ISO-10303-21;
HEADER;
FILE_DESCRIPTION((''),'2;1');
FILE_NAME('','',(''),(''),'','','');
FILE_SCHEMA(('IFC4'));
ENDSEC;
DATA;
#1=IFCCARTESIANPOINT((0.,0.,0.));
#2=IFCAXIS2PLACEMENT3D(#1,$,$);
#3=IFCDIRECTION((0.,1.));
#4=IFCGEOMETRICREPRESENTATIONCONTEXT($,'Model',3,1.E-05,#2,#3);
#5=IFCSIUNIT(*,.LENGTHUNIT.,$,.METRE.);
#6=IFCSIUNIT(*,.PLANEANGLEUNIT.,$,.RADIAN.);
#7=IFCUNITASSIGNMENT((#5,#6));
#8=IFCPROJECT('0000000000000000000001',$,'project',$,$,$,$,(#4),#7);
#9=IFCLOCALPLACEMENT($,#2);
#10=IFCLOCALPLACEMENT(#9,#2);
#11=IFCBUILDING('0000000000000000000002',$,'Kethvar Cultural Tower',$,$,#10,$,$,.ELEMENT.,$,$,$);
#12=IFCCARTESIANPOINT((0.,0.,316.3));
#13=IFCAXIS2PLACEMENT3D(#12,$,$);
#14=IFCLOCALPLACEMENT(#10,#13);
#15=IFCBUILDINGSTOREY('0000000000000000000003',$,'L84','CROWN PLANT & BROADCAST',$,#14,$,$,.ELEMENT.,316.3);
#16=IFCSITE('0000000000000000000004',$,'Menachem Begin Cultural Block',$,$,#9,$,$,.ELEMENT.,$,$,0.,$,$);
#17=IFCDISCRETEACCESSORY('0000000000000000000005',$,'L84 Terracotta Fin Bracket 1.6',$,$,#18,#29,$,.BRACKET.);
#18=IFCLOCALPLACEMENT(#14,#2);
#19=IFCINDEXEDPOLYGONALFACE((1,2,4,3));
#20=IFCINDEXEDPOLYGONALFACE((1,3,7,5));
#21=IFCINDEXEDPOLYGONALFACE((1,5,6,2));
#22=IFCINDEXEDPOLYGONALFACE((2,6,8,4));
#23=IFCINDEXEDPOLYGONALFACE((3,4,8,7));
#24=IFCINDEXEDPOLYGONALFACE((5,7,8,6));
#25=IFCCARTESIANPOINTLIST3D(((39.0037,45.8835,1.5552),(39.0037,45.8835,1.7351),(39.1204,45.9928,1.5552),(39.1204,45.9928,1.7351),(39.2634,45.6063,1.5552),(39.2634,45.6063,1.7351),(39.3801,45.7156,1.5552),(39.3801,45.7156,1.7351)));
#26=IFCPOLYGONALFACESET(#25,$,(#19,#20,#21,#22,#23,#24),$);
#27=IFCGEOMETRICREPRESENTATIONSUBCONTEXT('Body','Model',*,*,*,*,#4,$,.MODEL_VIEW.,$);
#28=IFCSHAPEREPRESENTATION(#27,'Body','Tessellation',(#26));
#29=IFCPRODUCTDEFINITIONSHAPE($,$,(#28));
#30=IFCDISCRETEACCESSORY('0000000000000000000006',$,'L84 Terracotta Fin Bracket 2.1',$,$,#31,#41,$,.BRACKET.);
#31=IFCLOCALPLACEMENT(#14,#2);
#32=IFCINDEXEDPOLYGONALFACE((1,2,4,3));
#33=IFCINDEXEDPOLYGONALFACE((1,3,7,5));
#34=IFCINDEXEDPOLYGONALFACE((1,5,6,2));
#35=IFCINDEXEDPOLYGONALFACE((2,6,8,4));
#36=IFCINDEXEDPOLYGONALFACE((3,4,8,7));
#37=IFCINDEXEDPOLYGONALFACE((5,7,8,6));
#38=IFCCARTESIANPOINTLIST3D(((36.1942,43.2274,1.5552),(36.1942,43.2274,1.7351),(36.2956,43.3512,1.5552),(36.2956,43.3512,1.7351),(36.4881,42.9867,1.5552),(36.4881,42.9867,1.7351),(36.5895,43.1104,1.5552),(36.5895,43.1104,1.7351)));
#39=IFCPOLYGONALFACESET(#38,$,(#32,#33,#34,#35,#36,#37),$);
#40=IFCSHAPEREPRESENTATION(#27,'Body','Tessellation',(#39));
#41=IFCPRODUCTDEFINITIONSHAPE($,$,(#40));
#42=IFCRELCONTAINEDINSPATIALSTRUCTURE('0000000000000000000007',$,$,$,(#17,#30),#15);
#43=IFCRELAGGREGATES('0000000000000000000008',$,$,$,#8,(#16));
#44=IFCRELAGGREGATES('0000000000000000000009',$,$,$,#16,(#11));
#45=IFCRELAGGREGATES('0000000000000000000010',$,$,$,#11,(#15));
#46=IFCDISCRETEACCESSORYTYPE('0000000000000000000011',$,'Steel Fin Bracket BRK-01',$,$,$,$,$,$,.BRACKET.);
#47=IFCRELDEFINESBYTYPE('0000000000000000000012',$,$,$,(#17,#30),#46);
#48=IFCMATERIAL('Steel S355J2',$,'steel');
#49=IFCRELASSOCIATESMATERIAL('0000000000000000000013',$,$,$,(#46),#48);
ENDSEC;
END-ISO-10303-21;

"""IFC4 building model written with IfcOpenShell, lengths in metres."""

from ifc_helpers import new_model, si_unit, direction, frame, origin, origin_2d, place, context, subcontext, project, spatial, rectangle, extrude, source, transform, mapped, material, type_object, element, save


model = new_model("IFC4")

# Units and contexts
model_context = context("Model", 3, precision=1e-05, world=origin(), true_north=direction((0.0, 1.0)))
body_context = subcontext(model_context, "Body", "Model", "MODEL_VIEW")
ifc_project = project(units=[si_unit("LENGTHUNIT", "METRE"), si_unit("PLANEANGLEUNIT", "RADIAN")], contexts=[model_context])

# Site, building, storey
site_placement = place(None, origin())
site = spatial("IfcSite", under=ifc_project, at=site_placement, Name="Menachem Begin Cultural Block", CompositionType="ELEMENT", RefElevation=0.0)
building_placement = place(site_placement, origin())
building = spatial("IfcBuilding", under=site, at=building_placement, Name="Kethvar Cultural Tower", CompositionType="ELEMENT")
storey_placement = place(building_placement, frame((0.0, 0.0, 316.3)))
storey = spatial("IfcBuildingStorey", under=building, at=storey_placement, Name="L84", Description="CROWN PLANT & BROADCAST", CompositionType="ELEMENT", Elevation=316.3)

# Shared definitions
ifc_material_1 = material(Name="Steel S355J2", Category="steel")

# Discrete accessories
discrete_accessory_type = type_object("IfcDiscreteAccessoryType", Name="Steel Fin Bracket BRK-01", PredefinedType="BRACKET", material=ifc_material_1)
shared_shape_1 = source(origin(), body_context, "Body", "SweptSolid", [
    extrude(rectangle(XDim=0.3799, YDim=0.1599, at=origin_2d()), origin(), (0.0, 0.0, 1.0), 0.1799),
])
for number, where, z_axis, x_axis, name in (
    (1, (39.1919, 45.7996, 1.5552), (0.0, 0.0, 1.0), (-0.683656, 0.729804, 0.0), "L84 Terracotta Fin Bracket 1.6"),
    (2, (36.3918, 43.1689, 1.5552), (0.0, 0.0, 1.0), (-0.773619, 0.633651, 0.0), "L84 Terracotta Fin Bracket 2.1"),
):
    element("IfcDiscreteAccessory", number, at=place(storey_placement, frame(where, z_axis=z_axis, x_axis=x_axis)), inside=storey, type_object=discrete_accessory_type, Name=name, PredefinedType="BRACKET", context=body_context, shape_type="MappedRepresentation", body=[
        mapped(shared_shape_1, transform((0.0, 0.0, 0.0), scale=1.0)),
    ])

save(model, "model.ifc")
